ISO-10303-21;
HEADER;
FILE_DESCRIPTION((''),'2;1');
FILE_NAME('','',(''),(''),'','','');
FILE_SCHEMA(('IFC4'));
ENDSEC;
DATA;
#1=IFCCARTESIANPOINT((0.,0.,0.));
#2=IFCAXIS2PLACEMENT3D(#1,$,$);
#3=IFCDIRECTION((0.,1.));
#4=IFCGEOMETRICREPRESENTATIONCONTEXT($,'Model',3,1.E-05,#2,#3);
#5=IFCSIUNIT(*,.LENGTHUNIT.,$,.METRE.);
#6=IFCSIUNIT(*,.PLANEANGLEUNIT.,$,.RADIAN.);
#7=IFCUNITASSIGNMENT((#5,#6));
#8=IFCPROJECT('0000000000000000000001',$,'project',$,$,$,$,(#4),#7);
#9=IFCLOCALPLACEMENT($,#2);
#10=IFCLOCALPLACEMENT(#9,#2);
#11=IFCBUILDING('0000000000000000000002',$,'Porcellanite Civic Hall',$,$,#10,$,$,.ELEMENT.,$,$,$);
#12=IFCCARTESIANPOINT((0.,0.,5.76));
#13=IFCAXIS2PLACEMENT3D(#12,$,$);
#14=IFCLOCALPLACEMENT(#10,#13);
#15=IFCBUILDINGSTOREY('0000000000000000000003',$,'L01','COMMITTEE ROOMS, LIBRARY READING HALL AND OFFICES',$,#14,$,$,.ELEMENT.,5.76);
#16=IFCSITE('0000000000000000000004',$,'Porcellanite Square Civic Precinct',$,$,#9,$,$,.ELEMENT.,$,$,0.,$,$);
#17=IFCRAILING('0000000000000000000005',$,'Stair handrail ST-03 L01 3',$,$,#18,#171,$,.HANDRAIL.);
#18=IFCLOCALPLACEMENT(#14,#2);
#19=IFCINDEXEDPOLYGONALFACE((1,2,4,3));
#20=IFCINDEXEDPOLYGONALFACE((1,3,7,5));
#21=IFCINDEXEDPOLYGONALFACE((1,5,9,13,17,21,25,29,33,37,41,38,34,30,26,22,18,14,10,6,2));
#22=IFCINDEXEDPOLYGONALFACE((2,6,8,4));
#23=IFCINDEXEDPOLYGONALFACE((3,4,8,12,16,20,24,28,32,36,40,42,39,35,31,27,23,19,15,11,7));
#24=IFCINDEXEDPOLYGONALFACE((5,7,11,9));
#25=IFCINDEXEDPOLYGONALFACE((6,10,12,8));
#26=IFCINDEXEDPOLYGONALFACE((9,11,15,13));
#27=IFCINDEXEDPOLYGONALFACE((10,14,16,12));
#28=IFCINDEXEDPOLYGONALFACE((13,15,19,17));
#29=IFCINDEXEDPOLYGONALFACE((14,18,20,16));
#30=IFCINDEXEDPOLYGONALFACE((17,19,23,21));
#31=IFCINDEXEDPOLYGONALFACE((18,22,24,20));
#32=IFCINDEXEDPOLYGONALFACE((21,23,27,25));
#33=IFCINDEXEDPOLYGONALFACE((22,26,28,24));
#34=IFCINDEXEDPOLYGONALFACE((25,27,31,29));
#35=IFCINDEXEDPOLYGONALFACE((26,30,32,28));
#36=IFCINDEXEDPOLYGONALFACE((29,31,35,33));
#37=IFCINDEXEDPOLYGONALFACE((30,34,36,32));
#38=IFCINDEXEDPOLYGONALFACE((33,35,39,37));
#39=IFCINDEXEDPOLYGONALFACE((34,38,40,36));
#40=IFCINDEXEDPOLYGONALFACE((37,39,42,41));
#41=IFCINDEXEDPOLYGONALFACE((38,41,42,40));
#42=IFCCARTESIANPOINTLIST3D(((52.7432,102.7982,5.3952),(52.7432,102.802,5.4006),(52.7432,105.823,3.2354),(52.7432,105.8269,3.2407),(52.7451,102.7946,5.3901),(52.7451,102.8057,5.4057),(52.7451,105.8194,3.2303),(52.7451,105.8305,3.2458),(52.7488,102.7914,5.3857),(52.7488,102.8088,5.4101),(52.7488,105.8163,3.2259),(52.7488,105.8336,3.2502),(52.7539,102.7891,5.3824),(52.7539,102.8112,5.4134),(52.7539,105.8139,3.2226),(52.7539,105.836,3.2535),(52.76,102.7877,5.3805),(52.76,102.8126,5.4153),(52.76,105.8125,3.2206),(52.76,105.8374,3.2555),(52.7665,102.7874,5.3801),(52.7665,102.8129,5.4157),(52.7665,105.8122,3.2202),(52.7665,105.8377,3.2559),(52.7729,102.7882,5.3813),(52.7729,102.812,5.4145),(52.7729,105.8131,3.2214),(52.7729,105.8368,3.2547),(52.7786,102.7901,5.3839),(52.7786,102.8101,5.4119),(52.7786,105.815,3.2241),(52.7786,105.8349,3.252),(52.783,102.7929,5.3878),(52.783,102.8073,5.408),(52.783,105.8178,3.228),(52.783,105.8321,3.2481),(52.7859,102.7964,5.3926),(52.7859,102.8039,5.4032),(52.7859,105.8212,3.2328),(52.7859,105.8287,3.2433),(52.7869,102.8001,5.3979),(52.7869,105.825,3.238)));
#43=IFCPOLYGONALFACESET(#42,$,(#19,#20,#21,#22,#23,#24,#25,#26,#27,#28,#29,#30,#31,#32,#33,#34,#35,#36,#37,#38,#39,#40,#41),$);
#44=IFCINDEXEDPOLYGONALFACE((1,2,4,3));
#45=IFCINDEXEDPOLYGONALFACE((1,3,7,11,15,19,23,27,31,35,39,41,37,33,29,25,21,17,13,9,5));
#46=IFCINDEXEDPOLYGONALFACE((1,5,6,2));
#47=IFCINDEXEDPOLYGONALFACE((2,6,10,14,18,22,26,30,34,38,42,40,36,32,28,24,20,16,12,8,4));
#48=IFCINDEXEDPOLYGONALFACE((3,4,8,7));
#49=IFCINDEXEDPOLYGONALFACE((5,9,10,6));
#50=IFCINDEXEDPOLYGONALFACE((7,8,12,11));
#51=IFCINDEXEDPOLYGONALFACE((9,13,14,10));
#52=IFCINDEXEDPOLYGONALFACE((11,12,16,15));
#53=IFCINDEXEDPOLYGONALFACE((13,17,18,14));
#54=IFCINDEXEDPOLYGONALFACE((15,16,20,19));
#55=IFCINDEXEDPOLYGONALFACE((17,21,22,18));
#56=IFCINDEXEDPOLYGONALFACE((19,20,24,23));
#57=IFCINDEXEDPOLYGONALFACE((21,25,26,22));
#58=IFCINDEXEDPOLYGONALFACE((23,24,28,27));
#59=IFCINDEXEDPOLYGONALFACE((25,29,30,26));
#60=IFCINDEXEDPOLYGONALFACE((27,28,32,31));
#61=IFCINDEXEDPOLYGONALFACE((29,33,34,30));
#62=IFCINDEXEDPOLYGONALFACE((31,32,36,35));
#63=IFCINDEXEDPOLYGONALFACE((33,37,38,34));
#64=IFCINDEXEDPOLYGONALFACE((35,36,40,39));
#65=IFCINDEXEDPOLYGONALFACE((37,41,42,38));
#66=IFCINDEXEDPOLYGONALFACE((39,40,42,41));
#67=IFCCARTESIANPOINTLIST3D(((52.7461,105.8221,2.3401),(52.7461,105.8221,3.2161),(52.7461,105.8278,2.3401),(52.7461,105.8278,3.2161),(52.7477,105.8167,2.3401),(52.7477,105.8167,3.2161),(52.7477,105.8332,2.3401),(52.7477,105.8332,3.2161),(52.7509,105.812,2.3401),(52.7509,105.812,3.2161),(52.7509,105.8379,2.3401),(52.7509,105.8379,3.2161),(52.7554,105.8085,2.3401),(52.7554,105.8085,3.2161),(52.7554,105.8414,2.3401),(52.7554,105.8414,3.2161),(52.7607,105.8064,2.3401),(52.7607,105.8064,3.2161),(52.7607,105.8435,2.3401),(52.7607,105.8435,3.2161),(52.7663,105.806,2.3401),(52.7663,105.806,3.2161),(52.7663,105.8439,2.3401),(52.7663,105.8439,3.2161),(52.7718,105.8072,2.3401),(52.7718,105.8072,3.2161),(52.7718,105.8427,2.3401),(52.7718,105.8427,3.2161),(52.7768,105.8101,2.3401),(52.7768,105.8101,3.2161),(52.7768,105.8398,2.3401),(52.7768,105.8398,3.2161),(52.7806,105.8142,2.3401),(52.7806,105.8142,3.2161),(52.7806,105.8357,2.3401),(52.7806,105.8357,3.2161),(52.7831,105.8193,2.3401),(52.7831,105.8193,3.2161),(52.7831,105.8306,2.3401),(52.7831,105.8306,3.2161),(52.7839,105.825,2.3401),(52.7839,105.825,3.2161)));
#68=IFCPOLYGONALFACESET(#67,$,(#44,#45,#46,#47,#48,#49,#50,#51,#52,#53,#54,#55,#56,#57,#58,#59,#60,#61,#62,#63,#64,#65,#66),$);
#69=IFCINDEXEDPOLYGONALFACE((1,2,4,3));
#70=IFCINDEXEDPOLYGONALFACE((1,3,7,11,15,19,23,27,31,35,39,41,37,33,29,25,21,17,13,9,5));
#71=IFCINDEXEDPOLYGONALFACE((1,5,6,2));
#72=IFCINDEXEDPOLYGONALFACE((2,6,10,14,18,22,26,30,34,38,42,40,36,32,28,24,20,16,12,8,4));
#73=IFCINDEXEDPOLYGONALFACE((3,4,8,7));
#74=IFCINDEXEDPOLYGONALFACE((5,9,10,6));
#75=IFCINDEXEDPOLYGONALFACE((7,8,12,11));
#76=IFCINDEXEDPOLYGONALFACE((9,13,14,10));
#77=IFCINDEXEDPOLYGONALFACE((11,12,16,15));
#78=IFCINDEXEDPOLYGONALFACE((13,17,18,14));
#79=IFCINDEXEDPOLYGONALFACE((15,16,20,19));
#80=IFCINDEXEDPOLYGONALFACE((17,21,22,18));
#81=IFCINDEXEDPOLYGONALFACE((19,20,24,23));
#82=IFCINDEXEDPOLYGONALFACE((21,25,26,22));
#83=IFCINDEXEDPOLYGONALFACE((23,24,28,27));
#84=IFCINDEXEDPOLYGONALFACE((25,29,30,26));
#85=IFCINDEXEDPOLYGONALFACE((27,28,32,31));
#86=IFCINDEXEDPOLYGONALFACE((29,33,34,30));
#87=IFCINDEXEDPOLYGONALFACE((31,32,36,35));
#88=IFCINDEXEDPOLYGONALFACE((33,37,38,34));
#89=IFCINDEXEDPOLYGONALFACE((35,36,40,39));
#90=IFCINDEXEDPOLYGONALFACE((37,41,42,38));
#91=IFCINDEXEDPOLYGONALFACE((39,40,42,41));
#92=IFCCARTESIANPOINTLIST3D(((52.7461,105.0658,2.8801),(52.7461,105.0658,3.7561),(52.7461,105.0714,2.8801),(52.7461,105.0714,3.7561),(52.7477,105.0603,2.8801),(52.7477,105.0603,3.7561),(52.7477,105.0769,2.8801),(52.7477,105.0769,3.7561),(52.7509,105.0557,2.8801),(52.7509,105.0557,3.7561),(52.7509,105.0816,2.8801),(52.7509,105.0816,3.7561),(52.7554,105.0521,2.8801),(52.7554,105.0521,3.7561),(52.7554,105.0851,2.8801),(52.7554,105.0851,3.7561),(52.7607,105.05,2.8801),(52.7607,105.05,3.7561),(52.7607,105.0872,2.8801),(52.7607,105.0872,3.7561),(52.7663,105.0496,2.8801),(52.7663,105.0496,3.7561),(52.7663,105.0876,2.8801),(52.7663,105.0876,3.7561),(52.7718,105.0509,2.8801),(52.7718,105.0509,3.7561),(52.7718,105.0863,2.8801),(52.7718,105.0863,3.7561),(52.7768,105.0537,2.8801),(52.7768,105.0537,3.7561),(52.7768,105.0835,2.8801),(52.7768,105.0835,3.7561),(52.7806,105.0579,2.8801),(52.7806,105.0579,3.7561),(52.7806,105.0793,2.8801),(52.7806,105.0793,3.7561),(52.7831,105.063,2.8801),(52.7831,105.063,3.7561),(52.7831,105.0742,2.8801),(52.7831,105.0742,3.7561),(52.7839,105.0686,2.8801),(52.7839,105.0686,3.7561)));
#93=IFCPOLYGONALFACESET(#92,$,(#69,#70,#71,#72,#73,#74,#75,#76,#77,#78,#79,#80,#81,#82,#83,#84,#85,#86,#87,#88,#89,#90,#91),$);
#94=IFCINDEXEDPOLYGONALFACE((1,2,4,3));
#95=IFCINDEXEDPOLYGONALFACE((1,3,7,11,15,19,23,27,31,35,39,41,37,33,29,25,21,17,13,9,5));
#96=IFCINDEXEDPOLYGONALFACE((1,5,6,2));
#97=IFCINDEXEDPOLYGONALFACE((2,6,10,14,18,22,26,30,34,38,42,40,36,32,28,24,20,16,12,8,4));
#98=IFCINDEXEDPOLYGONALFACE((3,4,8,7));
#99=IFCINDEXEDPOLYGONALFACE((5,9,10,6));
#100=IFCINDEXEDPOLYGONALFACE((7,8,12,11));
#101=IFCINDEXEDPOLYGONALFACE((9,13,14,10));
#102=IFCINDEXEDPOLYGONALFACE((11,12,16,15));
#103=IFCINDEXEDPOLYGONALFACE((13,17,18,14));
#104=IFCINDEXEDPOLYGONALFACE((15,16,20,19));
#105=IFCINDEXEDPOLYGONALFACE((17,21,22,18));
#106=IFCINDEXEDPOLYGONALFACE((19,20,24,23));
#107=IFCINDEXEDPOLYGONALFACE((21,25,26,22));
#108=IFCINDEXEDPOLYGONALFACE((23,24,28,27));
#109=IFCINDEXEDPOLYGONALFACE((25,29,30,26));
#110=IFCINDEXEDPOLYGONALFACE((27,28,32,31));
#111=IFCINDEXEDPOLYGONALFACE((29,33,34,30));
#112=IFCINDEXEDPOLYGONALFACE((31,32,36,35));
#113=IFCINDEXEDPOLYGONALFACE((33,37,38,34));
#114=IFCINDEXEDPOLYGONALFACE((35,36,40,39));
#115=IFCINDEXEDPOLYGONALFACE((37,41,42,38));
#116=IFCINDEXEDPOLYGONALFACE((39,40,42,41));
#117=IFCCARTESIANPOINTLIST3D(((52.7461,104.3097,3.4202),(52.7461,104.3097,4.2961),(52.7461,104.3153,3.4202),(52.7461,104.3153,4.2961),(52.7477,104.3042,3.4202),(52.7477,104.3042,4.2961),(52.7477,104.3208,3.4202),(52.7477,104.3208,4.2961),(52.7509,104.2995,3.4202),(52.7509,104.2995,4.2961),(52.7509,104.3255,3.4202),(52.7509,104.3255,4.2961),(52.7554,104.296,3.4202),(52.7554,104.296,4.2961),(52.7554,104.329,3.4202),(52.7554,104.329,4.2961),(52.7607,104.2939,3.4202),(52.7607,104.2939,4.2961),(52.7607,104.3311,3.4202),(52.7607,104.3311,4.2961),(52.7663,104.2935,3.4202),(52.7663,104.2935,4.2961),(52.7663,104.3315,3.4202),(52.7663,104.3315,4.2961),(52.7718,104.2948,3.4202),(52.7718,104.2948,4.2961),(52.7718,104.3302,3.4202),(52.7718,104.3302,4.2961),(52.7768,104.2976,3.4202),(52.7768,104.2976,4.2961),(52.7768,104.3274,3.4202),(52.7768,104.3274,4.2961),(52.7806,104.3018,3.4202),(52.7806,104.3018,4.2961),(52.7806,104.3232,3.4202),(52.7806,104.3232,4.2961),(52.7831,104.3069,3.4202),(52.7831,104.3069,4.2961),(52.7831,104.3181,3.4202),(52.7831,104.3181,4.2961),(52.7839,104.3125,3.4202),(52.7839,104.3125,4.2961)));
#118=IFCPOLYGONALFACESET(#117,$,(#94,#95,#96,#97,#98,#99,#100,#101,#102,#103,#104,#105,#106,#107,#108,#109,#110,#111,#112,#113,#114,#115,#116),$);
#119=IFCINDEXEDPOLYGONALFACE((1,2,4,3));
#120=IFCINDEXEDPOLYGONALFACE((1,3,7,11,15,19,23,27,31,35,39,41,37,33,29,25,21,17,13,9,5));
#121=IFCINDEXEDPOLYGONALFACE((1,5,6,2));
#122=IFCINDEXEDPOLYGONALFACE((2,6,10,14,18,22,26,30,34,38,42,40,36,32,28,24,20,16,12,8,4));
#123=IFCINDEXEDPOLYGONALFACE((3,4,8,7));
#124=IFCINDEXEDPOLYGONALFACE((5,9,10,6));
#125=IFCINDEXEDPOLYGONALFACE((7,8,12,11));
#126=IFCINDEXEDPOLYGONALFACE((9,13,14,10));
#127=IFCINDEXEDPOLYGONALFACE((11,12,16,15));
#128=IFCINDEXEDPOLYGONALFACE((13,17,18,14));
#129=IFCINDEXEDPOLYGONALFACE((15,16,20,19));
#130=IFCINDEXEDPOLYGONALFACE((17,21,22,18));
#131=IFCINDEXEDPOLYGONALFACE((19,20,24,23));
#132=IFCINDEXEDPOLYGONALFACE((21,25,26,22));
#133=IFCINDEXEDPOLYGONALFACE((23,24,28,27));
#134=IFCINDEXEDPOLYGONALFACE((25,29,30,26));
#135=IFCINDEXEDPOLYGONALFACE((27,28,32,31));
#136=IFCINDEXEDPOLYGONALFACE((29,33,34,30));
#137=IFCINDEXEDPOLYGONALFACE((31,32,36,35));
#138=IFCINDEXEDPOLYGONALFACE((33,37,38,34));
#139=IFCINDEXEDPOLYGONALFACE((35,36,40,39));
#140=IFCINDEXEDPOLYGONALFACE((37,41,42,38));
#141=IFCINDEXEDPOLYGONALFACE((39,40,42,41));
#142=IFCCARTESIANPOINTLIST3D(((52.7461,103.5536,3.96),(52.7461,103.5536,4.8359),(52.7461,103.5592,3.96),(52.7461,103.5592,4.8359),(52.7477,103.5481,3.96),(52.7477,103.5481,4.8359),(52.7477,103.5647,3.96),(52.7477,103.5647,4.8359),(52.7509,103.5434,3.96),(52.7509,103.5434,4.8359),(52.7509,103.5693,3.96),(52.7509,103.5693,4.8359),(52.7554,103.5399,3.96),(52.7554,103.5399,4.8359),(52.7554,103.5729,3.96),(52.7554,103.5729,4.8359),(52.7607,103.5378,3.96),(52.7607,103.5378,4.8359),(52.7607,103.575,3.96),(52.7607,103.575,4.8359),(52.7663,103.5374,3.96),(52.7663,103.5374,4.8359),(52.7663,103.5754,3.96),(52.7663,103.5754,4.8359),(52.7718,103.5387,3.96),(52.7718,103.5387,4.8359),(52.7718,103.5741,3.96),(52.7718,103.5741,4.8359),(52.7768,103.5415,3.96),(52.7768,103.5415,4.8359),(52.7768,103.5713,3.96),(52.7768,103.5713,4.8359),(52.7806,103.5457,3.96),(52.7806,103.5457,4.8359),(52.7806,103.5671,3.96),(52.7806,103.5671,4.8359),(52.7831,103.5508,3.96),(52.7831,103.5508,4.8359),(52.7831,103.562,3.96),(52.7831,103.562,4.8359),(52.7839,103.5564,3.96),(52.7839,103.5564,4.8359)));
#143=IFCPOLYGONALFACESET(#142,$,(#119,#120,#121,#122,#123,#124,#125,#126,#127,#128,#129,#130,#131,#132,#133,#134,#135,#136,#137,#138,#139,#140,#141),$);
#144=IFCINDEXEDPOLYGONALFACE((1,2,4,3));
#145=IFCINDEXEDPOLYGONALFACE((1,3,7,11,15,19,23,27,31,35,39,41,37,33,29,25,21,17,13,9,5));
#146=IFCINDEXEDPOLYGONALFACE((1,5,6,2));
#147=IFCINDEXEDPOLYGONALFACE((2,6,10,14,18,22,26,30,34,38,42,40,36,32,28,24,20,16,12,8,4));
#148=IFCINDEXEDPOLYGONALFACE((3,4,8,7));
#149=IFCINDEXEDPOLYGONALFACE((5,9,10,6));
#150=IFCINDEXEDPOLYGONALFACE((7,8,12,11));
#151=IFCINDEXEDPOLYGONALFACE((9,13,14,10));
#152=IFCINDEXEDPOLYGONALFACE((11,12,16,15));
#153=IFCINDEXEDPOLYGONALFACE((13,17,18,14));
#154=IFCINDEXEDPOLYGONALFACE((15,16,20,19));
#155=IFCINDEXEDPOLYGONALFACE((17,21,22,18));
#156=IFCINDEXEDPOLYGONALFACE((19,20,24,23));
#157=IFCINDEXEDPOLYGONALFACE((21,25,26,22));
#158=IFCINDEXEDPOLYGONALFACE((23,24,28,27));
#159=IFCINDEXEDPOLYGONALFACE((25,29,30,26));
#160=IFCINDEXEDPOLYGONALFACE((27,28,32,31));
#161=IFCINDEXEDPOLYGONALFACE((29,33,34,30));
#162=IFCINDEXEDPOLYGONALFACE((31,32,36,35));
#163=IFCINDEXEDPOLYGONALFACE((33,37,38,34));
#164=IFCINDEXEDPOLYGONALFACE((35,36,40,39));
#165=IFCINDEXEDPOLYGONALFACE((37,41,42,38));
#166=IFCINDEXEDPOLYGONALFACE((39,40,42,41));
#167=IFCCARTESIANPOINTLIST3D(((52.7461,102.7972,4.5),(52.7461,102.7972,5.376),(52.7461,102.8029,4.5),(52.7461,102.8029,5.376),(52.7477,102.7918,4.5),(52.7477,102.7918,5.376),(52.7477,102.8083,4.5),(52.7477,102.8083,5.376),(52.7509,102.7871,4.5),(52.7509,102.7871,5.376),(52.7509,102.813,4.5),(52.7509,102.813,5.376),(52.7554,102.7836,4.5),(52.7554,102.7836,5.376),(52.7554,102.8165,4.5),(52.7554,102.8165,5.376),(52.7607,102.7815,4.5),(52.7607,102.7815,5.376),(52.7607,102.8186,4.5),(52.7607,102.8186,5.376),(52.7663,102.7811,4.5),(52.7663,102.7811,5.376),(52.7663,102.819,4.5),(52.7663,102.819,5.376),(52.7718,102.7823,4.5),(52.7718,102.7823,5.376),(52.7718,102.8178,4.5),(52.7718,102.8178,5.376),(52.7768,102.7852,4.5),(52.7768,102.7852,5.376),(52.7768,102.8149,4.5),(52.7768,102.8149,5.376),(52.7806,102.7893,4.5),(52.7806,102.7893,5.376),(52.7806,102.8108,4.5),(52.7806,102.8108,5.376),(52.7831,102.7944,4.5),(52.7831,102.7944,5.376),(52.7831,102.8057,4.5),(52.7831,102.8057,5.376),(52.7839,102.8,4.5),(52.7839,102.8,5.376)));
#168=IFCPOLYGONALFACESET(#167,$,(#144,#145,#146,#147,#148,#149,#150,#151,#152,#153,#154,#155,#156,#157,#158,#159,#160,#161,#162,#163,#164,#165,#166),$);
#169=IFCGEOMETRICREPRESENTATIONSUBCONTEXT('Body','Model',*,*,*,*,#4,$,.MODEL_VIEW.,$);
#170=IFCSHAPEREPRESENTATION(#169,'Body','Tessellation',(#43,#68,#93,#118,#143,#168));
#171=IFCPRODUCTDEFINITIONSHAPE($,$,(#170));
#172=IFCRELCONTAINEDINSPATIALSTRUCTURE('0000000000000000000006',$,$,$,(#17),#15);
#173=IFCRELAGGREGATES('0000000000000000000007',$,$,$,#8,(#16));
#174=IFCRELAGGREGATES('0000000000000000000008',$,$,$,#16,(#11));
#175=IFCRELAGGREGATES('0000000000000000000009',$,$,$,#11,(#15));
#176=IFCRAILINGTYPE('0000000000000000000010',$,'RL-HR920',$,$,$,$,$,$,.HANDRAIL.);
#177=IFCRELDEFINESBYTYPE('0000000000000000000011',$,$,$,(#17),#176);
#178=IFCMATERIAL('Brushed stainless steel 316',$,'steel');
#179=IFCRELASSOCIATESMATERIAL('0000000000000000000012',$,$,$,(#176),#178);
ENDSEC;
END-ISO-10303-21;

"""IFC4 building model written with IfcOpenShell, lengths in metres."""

from ifc_helpers import new_model, si_unit, direction, frame, origin, origin_2d, place, context, subcontext, project, spatial, circle, extrude, material, type_object, element, save


model = new_model("IFC4")

# Units and contexts
model_context = context("Model", 3, precision=1e-05, world=origin(), true_north=direction((0.0, 1.0)))
body_context = subcontext(model_context, "Body", "Model", "MODEL_VIEW")
ifc_project = project(units=[si_unit("LENGTHUNIT", "METRE"), si_unit("PLANEANGLEUNIT", "RADIAN")], contexts=[model_context])

# Site, building, storey
site_placement = place(None, origin())
site = spatial("IfcSite", under=ifc_project, at=site_placement, Name="Porcellanite Square Civic Precinct", CompositionType="ELEMENT", RefElevation=0.0)
building_placement = place(site_placement, origin())
building = spatial("IfcBuilding", under=site, at=building_placement, Name="Porcellanite Civic Hall", CompositionType="ELEMENT")
storey_placement = place(building_placement, frame((0.0, 0.0, 5.76)))
storey = spatial("IfcBuildingStorey", under=building, at=storey_placement, Name="L01", Description="COMMITTEE ROOMS, LIBRARY READING HALL AND OFFICES", CompositionType="ELEMENT", Elevation=5.76)

# Railing
ifc_material_1 = material(Name="Brushed stainless steel 316", Category="steel")
railing_type_1 = type_object("IfcRailingType", Name="RL-HR920", PredefinedType="HANDRAIL", material=ifc_material_1)
railing_1_placement = place(storey_placement, frame((52.7649, 105.825, 2.3401)))
element("IfcRailing", 1, at=railing_1_placement, inside=storey, type_object=railing_type_1, Name="Stair handrail ST-03 L01 3", PredefinedType="HANDRAIL", context=body_context, shape_type="SweptSolid", body=[
    extrude(circle(Radius=0.022, at=origin_2d()), frame((0.0, 0.0, 0.8979), z_axis=(0.0, -0.813827, 0.581108), x_axis=(1.0, 0.0, 0.0)), (0.0, 0.0, 1.0), 3.7168),
    extrude(circle(Radius=0.019, at=origin_2d()), origin(), (0.0, 0.0, 1.0), 0.876),
    extrude(circle(Radius=0.019, at=origin_2d()), frame((0.0, -0.7563, 0.54)), (0.0, 0.0, 1.0), 0.876),
    extrude(circle(Radius=0.019, at=origin_2d()), frame((0.0, -1.5125, 1.0801)), (0.0, 0.0, 1.0), 0.876),
    extrude(circle(Radius=0.019, at=origin_2d()), frame((0.0, -2.2686, 1.6199)), (0.0, 0.0, 1.0), 0.876),
    extrude(circle(Radius=0.019, at=origin_2d()), frame((0.0, -3.0249, 2.1599)), (0.0, 0.0, 1.0), 0.876),
])

save(model, "model.ifc")
